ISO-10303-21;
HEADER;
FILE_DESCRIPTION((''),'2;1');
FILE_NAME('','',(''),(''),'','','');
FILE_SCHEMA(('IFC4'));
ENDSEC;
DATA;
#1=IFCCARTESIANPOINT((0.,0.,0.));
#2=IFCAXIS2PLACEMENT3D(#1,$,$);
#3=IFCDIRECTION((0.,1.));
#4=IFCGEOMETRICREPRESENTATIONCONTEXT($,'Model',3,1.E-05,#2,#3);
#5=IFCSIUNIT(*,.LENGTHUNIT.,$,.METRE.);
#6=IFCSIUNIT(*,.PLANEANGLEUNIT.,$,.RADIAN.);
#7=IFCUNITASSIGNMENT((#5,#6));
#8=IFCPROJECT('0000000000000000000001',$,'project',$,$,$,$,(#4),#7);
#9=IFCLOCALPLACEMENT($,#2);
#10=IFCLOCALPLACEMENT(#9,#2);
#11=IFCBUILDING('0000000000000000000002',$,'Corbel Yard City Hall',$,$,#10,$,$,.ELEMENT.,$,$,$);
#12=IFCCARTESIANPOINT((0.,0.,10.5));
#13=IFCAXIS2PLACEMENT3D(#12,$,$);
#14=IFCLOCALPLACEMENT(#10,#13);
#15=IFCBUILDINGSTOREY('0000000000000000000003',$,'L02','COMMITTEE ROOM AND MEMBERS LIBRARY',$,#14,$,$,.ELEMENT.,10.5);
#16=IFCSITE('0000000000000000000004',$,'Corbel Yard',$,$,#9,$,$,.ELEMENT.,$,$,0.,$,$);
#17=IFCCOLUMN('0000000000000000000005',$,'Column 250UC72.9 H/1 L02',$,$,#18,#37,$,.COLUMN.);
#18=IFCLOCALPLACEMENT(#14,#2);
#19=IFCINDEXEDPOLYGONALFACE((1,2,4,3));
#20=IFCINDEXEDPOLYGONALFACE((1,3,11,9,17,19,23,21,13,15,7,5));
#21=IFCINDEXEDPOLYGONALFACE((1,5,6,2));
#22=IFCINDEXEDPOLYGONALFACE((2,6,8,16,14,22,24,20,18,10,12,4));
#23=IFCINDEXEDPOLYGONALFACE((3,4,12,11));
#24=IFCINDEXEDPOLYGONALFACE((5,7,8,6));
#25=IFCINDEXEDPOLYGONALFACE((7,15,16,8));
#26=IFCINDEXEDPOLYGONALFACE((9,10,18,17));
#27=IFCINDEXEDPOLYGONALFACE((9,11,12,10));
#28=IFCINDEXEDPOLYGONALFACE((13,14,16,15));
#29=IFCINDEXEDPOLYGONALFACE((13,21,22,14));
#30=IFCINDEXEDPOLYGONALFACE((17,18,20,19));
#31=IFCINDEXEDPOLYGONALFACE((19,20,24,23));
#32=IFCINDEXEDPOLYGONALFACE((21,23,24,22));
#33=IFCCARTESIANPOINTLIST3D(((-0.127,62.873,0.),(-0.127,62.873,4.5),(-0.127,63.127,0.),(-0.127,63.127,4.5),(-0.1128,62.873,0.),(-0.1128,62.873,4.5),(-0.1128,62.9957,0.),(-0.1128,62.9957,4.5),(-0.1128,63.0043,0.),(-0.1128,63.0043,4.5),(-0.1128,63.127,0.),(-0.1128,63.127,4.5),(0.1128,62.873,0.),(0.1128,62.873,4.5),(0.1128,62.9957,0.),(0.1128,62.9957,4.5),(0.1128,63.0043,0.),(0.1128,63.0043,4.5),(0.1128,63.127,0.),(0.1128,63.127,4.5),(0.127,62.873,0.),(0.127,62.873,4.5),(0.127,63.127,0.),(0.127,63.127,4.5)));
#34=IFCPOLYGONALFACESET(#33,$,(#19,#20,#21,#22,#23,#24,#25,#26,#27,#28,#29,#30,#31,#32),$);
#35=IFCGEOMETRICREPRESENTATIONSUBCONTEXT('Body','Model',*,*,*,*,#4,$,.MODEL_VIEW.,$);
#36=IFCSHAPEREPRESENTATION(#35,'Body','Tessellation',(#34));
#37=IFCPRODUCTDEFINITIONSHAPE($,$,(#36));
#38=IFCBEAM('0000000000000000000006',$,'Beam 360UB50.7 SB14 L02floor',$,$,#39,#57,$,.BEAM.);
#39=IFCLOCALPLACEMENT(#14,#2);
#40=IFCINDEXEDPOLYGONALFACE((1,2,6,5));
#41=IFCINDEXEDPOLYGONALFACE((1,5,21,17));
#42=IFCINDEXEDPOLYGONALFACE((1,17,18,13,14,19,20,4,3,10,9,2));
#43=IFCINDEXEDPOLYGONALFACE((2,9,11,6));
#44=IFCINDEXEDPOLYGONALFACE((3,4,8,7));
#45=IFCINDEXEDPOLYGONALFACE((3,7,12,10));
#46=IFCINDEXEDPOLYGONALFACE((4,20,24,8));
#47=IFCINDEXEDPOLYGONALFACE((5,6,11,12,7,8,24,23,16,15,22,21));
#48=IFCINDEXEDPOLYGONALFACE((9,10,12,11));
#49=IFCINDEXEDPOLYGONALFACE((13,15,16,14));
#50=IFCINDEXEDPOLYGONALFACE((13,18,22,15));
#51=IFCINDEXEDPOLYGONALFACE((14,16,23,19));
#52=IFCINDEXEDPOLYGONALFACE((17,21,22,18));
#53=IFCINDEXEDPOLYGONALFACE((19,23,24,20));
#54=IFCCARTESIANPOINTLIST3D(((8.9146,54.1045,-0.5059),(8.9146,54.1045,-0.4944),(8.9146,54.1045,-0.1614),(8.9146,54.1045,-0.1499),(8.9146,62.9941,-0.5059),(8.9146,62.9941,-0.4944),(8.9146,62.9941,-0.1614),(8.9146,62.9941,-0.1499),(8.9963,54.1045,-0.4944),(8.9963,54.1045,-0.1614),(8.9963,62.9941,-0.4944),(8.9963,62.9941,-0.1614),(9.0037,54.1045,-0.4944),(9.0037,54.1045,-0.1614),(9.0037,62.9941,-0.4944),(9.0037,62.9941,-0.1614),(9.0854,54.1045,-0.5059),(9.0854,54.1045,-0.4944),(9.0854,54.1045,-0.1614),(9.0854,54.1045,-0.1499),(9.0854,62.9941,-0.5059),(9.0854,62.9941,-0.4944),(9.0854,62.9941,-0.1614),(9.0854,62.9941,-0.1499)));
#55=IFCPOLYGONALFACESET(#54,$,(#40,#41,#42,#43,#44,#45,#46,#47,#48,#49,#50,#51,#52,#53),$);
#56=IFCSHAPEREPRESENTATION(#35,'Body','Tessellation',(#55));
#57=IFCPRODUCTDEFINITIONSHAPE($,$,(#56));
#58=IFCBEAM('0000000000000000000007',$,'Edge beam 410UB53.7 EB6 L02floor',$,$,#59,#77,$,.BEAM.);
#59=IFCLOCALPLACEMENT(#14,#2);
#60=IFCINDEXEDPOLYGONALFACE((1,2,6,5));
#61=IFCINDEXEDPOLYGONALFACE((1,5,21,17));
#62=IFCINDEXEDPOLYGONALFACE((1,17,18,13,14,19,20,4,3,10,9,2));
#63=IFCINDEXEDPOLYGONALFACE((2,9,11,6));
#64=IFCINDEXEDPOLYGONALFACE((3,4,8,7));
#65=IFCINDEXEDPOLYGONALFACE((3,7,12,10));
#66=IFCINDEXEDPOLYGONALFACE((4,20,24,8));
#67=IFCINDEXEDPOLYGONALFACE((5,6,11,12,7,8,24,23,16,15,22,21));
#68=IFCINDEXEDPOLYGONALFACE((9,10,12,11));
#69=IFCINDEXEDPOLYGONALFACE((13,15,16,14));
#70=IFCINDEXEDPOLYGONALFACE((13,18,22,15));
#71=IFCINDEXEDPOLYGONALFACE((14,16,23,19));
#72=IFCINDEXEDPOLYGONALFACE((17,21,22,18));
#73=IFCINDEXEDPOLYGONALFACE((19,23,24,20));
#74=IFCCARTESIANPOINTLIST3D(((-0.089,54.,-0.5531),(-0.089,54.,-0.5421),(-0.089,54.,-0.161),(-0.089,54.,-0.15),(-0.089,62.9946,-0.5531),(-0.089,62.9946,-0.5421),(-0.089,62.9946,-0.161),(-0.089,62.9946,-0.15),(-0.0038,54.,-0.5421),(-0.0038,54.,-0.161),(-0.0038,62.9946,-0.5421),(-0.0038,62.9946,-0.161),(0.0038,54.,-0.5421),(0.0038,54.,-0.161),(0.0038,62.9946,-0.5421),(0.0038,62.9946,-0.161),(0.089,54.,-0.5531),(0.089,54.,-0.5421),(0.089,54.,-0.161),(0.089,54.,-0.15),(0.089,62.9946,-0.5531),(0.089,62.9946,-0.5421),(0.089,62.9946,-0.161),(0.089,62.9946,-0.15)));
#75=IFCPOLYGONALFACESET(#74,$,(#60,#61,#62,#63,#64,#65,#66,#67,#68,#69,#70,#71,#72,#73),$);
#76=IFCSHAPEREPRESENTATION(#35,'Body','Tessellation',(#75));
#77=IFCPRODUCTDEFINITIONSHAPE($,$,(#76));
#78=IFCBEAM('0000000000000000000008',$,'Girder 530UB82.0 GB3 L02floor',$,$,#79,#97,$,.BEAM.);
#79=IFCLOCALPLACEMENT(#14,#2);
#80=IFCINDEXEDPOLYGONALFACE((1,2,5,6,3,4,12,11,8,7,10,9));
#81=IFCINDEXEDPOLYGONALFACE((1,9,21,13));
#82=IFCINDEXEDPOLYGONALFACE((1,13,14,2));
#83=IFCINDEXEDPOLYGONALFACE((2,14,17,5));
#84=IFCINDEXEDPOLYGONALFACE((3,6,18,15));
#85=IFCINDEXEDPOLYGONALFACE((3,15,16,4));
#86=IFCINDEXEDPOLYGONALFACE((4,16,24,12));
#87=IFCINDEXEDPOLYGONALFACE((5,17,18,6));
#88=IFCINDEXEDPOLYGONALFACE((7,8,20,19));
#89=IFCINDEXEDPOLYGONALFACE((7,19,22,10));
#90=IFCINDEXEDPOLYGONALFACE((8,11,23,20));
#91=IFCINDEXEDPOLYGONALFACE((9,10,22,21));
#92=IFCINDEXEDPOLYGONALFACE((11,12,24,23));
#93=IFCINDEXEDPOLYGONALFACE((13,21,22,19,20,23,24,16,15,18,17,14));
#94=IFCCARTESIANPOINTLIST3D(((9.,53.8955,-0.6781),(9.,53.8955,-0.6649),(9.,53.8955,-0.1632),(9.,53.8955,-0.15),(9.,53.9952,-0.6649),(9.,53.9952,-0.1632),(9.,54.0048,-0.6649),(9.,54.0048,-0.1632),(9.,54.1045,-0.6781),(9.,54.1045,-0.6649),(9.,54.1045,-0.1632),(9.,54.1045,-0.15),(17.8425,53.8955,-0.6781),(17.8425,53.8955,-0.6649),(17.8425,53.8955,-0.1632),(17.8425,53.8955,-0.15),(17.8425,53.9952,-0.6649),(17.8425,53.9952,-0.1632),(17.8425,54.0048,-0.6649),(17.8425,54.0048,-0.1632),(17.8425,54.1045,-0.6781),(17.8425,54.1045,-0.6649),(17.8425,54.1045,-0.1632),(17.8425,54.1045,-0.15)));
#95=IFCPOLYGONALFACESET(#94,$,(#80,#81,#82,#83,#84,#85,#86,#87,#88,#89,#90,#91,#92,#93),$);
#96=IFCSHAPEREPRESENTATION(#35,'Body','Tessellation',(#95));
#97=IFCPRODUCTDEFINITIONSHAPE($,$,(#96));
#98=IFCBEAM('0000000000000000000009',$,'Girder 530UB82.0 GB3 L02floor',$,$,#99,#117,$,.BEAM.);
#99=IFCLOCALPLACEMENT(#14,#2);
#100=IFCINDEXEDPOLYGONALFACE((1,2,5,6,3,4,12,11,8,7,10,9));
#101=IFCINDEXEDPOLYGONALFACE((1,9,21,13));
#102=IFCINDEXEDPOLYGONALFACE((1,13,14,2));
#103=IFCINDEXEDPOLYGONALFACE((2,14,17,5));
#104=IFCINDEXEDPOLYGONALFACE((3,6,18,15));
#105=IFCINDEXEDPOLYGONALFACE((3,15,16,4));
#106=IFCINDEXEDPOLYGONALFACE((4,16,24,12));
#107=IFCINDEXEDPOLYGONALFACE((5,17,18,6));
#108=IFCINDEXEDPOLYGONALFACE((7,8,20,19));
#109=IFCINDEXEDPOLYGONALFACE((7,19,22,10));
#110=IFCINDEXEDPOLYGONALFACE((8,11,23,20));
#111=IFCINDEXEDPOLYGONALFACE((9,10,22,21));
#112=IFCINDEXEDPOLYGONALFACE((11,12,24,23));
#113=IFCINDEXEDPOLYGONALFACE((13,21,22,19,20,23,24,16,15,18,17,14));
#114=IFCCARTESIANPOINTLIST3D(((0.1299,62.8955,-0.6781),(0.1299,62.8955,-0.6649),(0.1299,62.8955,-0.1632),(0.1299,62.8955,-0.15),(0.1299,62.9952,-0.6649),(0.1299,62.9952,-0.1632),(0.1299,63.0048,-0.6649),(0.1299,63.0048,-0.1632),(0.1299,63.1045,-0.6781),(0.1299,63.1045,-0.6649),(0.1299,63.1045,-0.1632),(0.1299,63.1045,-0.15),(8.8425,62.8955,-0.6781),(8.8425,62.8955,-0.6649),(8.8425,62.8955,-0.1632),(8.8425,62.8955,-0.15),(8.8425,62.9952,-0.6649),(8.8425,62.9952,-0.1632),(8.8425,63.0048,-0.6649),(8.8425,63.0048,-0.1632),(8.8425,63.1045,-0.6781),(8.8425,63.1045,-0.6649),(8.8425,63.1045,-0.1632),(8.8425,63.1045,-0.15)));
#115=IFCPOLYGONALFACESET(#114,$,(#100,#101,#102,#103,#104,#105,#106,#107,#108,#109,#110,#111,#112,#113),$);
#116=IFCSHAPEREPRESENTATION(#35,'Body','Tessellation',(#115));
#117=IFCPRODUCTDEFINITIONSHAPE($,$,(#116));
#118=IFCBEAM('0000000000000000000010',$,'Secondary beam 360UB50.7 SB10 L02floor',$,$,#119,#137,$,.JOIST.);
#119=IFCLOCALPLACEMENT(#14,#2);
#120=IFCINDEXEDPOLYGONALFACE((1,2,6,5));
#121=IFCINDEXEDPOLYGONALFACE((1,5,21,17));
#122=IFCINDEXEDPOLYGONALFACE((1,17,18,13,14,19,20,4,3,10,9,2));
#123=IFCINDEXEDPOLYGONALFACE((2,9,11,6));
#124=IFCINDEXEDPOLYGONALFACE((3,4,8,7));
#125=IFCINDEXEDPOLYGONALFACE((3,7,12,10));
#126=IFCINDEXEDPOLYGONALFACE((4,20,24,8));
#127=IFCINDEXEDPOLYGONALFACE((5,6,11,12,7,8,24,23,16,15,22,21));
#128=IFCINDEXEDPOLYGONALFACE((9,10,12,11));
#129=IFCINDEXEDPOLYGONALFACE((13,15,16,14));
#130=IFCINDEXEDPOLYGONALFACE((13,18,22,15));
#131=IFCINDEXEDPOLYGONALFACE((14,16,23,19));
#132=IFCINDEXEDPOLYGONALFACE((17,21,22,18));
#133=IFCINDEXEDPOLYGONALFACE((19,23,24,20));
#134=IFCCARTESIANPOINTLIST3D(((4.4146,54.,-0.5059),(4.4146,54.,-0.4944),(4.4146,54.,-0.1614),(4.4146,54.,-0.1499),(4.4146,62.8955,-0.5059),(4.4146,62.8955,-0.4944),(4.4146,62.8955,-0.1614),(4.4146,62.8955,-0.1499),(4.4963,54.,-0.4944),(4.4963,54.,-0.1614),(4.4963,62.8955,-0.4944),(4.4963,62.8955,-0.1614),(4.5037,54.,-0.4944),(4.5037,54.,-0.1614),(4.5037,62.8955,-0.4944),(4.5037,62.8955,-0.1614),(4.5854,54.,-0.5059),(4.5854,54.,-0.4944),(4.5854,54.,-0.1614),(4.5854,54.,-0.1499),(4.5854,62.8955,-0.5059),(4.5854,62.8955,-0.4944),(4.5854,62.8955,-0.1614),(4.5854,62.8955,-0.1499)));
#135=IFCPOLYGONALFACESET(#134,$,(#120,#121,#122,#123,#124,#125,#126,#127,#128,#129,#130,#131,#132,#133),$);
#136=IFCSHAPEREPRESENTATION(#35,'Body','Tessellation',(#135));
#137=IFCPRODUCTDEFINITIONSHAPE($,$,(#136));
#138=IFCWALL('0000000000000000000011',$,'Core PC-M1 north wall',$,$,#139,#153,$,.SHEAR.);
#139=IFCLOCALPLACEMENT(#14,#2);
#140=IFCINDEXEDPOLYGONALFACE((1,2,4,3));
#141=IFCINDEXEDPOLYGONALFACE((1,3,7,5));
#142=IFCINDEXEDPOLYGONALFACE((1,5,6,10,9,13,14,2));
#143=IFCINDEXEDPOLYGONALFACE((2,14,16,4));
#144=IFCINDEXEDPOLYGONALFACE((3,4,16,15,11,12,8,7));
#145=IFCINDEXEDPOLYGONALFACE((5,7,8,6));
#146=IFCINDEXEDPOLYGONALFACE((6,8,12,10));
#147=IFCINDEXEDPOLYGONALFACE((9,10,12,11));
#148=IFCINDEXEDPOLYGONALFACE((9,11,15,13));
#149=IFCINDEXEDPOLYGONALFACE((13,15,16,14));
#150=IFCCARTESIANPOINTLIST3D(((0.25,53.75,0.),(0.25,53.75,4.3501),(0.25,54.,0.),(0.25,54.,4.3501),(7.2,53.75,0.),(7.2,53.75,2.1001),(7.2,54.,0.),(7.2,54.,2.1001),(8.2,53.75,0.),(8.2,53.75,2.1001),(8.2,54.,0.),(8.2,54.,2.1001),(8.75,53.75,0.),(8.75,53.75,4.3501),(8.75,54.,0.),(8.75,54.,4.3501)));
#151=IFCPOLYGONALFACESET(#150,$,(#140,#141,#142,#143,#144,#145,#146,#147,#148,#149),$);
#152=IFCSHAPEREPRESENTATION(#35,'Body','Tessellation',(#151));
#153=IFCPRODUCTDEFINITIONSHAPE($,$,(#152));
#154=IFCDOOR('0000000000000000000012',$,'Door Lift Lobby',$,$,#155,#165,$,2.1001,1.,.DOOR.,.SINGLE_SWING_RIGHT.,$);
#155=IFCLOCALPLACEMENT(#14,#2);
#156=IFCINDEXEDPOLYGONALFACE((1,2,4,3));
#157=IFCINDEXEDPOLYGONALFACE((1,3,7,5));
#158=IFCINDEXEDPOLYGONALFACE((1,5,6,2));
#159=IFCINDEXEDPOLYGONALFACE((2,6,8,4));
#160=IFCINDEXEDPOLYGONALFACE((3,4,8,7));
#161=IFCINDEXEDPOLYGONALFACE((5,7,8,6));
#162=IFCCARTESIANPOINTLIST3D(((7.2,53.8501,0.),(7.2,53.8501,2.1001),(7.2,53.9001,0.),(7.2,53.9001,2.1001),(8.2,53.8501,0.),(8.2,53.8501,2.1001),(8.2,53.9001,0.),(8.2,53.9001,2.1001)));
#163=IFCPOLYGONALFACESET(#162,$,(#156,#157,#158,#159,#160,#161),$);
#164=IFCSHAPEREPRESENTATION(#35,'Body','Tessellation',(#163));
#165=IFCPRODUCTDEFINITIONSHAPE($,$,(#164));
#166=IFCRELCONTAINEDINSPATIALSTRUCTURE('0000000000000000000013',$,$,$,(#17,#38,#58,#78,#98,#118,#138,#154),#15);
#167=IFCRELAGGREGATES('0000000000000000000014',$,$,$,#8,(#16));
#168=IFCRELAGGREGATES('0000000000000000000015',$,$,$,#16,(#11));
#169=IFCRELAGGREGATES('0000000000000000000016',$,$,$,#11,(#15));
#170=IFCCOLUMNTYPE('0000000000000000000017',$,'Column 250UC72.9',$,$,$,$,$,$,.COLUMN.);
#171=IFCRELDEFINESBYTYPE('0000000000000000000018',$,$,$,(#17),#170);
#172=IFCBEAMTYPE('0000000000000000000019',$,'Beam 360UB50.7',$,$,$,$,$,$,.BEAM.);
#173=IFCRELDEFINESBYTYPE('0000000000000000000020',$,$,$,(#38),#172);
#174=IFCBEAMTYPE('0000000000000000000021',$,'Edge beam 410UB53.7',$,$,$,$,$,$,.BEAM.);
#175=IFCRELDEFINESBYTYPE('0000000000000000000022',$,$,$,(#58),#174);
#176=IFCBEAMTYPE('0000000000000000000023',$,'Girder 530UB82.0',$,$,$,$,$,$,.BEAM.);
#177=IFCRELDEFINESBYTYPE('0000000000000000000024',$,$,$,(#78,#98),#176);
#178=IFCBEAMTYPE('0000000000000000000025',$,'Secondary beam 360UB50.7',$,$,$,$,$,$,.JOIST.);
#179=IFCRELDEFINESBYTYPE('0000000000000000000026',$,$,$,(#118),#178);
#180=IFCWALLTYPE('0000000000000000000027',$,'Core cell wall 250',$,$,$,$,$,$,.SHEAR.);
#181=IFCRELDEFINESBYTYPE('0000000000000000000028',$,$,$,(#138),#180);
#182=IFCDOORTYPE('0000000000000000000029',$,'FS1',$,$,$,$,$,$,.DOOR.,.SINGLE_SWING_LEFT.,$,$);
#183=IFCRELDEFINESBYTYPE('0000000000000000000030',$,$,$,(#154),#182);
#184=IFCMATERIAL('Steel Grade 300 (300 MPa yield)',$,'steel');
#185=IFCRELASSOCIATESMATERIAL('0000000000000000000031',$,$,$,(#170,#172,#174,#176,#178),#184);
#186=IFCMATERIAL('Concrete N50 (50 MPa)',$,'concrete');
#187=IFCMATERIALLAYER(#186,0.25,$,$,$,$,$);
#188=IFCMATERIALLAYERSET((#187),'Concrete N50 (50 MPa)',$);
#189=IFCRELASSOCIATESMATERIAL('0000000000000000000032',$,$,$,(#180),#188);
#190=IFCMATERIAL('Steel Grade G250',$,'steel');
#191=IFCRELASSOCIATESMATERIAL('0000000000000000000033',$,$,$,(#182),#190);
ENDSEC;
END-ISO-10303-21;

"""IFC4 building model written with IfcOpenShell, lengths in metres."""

from ifc_helpers import new_model, si_unit, direction, frame, frame_2d, origin, origin_2d, place, context, subcontext, project, spatial, rectangle, i_section, extrude, material, layer, layer_set, material_profile, profile_set, type_object, element, fill, save


model = new_model("IFC4")

# Units and contexts
model_context = context("Model", 3, precision=1e-05, world=origin(), true_north=direction((0.0, 1.0)))
body_context = subcontext(model_context, "Body", "Model", "MODEL_VIEW")
ifc_project = project(units=[si_unit("LENGTHUNIT", "METRE"), si_unit("PLANEANGLEUNIT", "RADIAN")], contexts=[model_context])

# Site, building, storey
site_placement = place(None, origin())
site = spatial("IfcSite", under=ifc_project, at=site_placement, Name="Corbel Yard", CompositionType="ELEMENT", RefElevation=0.0)
building_placement = place(site_placement, origin())
building = spatial("IfcBuilding", under=site, at=building_placement, Name="Corbel Yard City Hall", CompositionType="ELEMENT")
storey_placement = place(building_placement, frame((0.0, 0.0, 10.5)))
storey = spatial("IfcBuildingStorey", under=building, at=storey_placement, Name="L02", Description="COMMITTEE ROOM AND MEMBERS LIBRARY", CompositionType="ELEMENT", Elevation=10.5)

# Column
ifc_material_1 = material(Name="Steel Grade 300 (300 MPa yield)", Category="steel")
ifc_material_profile_1 = material_profile(ifc_material_1, i_section(OverallWidth=0.2539, OverallDepth=0.2539, WebThickness=0.0085, FlangeThickness=0.0142, at=origin_2d()), Name="250UC72.9")
ifc_profile_set_1 = profile_set([ifc_material_profile_1], Name="Steel Grade 300 (300 MPa yield)")
column_type = type_object("IfcColumnType", Name="Column 250UC72.9", PredefinedType="COLUMN", material=ifc_profile_set_1)
column_placement = place(storey_placement, frame((0.0, 63.0, 0.0), z_axis=(0.0, 0.0, 1.0), x_axis=(0.0, 1.0, 0.0)))
element("IfcColumn", 1, at=column_placement, inside=storey, type_object=column_type, Name="Column 250UC72.9 H/1 L02", PredefinedType="COLUMN", context=body_context, shape_type="SweptSolid", body=[
    extrude(i_section(OverallWidth=0.2539, OverallDepth=0.2539, WebThickness=0.0085, FlangeThickness=0.0142, at=origin_2d()), origin(), (0.0, 0.0, 1.0), 4.5),
])

# Beams
ifc_material_profile_2 = material_profile(ifc_material_1, i_section(OverallWidth=0.1709, OverallDepth=0.356, WebThickness=0.0073, FlangeThickness=0.0115, at=origin_2d()), Name="360UB50.7")
ifc_profile_set_2 = profile_set([ifc_material_profile_2], Name="Steel Grade 300 (300 MPa yield)")
beam_type_1 = type_object("IfcBeamType", Name="Beam 360UB50.7", PredefinedType="BEAM", material=ifc_profile_set_2)
beam_1_placement = place(storey_placement, frame((9.0, 54.1045, -0.3279), z_axis=(0.0, 1.0, 0.0), x_axis=(-1.0, 0.0, 0.0)))
element("IfcBeam", 2, at=beam_1_placement, inside=storey, type_object=beam_type_1, Name="Beam 360UB50.7 SB14 L02floor", PredefinedType="BEAM", context=body_context, shape_type="SweptSolid", body=[
    extrude(i_section(OverallWidth=0.1709, OverallDepth=0.356, WebThickness=0.0073, FlangeThickness=0.0115, at=origin_2d()), origin(), (0.0, 0.0, 1.0), 8.8896),
])
ifc_material_profile_3 = material_profile(ifc_material_1, i_section(OverallWidth=0.178, OverallDepth=0.4031, WebThickness=0.0076, FlangeThickness=0.011, at=origin_2d()), Name="410UB53.7")
ifc_profile_set_3 = profile_set([ifc_material_profile_3], Name="Steel Grade 300 (300 MPa yield)")
beam_type_2 = type_object("IfcBeamType", Name="Edge beam 410UB53.7", PredefinedType="BEAM", material=ifc_profile_set_3)
beam_2_placement = place(storey_placement, frame((0.0, 54.0, -0.3516), z_axis=(0.0, 1.0, 0.0), x_axis=(-1.0, 0.0, 0.0)))
element("IfcBeam", 3, at=beam_2_placement, inside=storey, type_object=beam_type_2, Name="Edge beam 410UB53.7 EB6 L02floor", PredefinedType="BEAM", context=body_context, shape_type="SweptSolid", body=[
    extrude(i_section(OverallWidth=0.178, OverallDepth=0.4031, WebThickness=0.0076, FlangeThickness=0.011, at=origin_2d()), origin(), (0.0, 0.0, 1.0), 8.9946),
])
ifc_material_profile_4 = material_profile(ifc_material_1, i_section(OverallWidth=0.209, OverallDepth=0.5281, WebThickness=0.0095, FlangeThickness=0.0132, at=origin_2d()), Name="530UB82.0")
ifc_profile_set_4 = profile_set([ifc_material_profile_4], Name="Steel Grade 300 (300 MPa yield)")
beam_type_3 = type_object("IfcBeamType", Name="Girder 530UB82.0", PredefinedType="BEAM", material=ifc_profile_set_4)
beam_3_placement = place(storey_placement, frame((9.0, 54.0, -0.4141), z_axis=(1.0, 0.0, 0.0), x_axis=(0.0, 1.0, 0.0)))
element("IfcBeam", 4, at=beam_3_placement, inside=storey, type_object=beam_type_3, Name="Girder 530UB82.0 GB3 L02floor", PredefinedType="BEAM", context=body_context, shape_type="SweptSolid", body=[
    extrude(i_section(OverallWidth=0.209, OverallDepth=0.5281, WebThickness=0.0095, FlangeThickness=0.0132, at=origin_2d()), origin(), (0.0, 0.0, 1.0), 8.8425),
])
beam_4_placement = place(storey_placement, frame((0.1299, 63.0, -0.4141), z_axis=(1.0, 0.0, 0.0), x_axis=(0.0, 1.0, 0.0)))
element("IfcBeam", 5, at=beam_4_placement, inside=storey, type_object=beam_type_3, Name="Girder 530UB82.0 GB3 L02floor", PredefinedType="BEAM", context=body_context, shape_type="SweptSolid", body=[
    extrude(i_section(OverallWidth=0.209, OverallDepth=0.5281, WebThickness=0.0095, FlangeThickness=0.0132, at=origin_2d()), origin(), (0.0, 0.0, 1.0), 8.7126),
])
ifc_material_profile_5 = material_profile(ifc_material_1, i_section(OverallWidth=0.1709, OverallDepth=0.356, WebThickness=0.0073, FlangeThickness=0.0115, at=origin_2d()), Name="360UB50.7")
ifc_profile_set_5 = profile_set([ifc_material_profile_5], Name="Steel Grade 300 (300 MPa yield)")
beam_type_4 = type_object("IfcBeamType", Name="Secondary beam 360UB50.7", PredefinedType="JOIST", material=ifc_profile_set_5)
beam_5_placement = place(storey_placement, frame((4.5, 54.0, -0.3279), z_axis=(0.0, 1.0, 0.0), x_axis=(-1.0, 0.0, 0.0)))
element("IfcBeam", 6, at=beam_5_placement, inside=storey, type_object=beam_type_4, Name="Secondary beam 360UB50.7 SB10 L02floor", PredefinedType="JOIST", context=body_context, shape_type="SweptSolid", body=[
    extrude(i_section(OverallWidth=0.1709, OverallDepth=0.356, WebThickness=0.0073, FlangeThickness=0.0115, at=origin_2d()), origin(), (0.0, 0.0, 1.0), 8.8955),
])

# Wall, opening, door
ifc_material_2 = material(Name="Concrete N50 (50 MPa)", Category="concrete")
ifc_layer_1 = layer(ifc_material_2, 0.25)
ifc_layer_set_1 = layer_set([ifc_layer_1], Name="Concrete N50 (50 MPa)")
wall_type_1 = type_object("IfcWallType", Name="Core cell wall 250", PredefinedType="SHEAR", material=ifc_layer_set_1)
wall_1_placement = place(storey_placement, frame((0.25, 53.875, 0.0), z_axis=(0.0, 0.0, 1.0), x_axis=(1.0, 0.0, 0.0)))
wall_1 = element("IfcWall", 7, at=wall_1_placement, inside=storey, type_object=wall_type_1, Name="Core PC-M1 north wall", PredefinedType="SHEAR", context=body_context, shape_type="SweptSolid", body=[
    extrude(rectangle(XDim=8.5, YDim=0.25, at=frame_2d((4.25, 0.0))), origin(), (0.0, 0.0, 1.0), 4.3501),
])
opening_1_placement = place(wall_1_placement, frame((6.95, 0.0, 0.0)))
opening_1 = element("IfcOpeningElement", 8, at=opening_1_placement, cuts=wall_1, PredefinedType="OPENING", context=body_context, shape_type="SweptSolid", body=[
    extrude(rectangle(XDim=1.0, YDim=2.1001, at=frame_2d((0.5, 1.05))), frame((0.0, 0.135, 0.0), z_axis=(0.0, -1.0, 0.0), x_axis=(1.0, 0.0, 0.0)), (0.0, 0.0, 1.0), 0.27),
])
ifc_material_3 = material(Name="Steel Grade G250", Category="steel")
door_type_1 = type_object("IfcDoorType", Name="FS1", OperationType="SINGLE_SWING_LEFT", PredefinedType="DOOR", material=ifc_material_3)
door_1_placement = place(opening_1_placement, frame((1.0, 0.0, 0.0), z_axis=(0.0, 0.0, 1.0), x_axis=(-1.0, 0.0, 0.0)))
door_1 = element("IfcDoor", 9, at=door_1_placement, inside=storey, type_object=door_type_1, Name="Door Lift Lobby", OperationType="SINGLE_SWING_RIGHT", OverallHeight=2.1001, OverallWidth=1.0, PredefinedType="DOOR", context=body_context, shape_type="SweptSolid", body=[
    extrude(rectangle(XDim=1.0, YDim=2.1001, at=frame_2d((0.5, 1.05))), frame((0.0, 0.0249, 0.0), z_axis=(0.0, -1.0, 0.0), x_axis=(1.0, 0.0, 0.0)), (0.0, 0.0, 1.0), 0.05),
])
fill(opening_1, door_1)

save(model, "model.ifc")
